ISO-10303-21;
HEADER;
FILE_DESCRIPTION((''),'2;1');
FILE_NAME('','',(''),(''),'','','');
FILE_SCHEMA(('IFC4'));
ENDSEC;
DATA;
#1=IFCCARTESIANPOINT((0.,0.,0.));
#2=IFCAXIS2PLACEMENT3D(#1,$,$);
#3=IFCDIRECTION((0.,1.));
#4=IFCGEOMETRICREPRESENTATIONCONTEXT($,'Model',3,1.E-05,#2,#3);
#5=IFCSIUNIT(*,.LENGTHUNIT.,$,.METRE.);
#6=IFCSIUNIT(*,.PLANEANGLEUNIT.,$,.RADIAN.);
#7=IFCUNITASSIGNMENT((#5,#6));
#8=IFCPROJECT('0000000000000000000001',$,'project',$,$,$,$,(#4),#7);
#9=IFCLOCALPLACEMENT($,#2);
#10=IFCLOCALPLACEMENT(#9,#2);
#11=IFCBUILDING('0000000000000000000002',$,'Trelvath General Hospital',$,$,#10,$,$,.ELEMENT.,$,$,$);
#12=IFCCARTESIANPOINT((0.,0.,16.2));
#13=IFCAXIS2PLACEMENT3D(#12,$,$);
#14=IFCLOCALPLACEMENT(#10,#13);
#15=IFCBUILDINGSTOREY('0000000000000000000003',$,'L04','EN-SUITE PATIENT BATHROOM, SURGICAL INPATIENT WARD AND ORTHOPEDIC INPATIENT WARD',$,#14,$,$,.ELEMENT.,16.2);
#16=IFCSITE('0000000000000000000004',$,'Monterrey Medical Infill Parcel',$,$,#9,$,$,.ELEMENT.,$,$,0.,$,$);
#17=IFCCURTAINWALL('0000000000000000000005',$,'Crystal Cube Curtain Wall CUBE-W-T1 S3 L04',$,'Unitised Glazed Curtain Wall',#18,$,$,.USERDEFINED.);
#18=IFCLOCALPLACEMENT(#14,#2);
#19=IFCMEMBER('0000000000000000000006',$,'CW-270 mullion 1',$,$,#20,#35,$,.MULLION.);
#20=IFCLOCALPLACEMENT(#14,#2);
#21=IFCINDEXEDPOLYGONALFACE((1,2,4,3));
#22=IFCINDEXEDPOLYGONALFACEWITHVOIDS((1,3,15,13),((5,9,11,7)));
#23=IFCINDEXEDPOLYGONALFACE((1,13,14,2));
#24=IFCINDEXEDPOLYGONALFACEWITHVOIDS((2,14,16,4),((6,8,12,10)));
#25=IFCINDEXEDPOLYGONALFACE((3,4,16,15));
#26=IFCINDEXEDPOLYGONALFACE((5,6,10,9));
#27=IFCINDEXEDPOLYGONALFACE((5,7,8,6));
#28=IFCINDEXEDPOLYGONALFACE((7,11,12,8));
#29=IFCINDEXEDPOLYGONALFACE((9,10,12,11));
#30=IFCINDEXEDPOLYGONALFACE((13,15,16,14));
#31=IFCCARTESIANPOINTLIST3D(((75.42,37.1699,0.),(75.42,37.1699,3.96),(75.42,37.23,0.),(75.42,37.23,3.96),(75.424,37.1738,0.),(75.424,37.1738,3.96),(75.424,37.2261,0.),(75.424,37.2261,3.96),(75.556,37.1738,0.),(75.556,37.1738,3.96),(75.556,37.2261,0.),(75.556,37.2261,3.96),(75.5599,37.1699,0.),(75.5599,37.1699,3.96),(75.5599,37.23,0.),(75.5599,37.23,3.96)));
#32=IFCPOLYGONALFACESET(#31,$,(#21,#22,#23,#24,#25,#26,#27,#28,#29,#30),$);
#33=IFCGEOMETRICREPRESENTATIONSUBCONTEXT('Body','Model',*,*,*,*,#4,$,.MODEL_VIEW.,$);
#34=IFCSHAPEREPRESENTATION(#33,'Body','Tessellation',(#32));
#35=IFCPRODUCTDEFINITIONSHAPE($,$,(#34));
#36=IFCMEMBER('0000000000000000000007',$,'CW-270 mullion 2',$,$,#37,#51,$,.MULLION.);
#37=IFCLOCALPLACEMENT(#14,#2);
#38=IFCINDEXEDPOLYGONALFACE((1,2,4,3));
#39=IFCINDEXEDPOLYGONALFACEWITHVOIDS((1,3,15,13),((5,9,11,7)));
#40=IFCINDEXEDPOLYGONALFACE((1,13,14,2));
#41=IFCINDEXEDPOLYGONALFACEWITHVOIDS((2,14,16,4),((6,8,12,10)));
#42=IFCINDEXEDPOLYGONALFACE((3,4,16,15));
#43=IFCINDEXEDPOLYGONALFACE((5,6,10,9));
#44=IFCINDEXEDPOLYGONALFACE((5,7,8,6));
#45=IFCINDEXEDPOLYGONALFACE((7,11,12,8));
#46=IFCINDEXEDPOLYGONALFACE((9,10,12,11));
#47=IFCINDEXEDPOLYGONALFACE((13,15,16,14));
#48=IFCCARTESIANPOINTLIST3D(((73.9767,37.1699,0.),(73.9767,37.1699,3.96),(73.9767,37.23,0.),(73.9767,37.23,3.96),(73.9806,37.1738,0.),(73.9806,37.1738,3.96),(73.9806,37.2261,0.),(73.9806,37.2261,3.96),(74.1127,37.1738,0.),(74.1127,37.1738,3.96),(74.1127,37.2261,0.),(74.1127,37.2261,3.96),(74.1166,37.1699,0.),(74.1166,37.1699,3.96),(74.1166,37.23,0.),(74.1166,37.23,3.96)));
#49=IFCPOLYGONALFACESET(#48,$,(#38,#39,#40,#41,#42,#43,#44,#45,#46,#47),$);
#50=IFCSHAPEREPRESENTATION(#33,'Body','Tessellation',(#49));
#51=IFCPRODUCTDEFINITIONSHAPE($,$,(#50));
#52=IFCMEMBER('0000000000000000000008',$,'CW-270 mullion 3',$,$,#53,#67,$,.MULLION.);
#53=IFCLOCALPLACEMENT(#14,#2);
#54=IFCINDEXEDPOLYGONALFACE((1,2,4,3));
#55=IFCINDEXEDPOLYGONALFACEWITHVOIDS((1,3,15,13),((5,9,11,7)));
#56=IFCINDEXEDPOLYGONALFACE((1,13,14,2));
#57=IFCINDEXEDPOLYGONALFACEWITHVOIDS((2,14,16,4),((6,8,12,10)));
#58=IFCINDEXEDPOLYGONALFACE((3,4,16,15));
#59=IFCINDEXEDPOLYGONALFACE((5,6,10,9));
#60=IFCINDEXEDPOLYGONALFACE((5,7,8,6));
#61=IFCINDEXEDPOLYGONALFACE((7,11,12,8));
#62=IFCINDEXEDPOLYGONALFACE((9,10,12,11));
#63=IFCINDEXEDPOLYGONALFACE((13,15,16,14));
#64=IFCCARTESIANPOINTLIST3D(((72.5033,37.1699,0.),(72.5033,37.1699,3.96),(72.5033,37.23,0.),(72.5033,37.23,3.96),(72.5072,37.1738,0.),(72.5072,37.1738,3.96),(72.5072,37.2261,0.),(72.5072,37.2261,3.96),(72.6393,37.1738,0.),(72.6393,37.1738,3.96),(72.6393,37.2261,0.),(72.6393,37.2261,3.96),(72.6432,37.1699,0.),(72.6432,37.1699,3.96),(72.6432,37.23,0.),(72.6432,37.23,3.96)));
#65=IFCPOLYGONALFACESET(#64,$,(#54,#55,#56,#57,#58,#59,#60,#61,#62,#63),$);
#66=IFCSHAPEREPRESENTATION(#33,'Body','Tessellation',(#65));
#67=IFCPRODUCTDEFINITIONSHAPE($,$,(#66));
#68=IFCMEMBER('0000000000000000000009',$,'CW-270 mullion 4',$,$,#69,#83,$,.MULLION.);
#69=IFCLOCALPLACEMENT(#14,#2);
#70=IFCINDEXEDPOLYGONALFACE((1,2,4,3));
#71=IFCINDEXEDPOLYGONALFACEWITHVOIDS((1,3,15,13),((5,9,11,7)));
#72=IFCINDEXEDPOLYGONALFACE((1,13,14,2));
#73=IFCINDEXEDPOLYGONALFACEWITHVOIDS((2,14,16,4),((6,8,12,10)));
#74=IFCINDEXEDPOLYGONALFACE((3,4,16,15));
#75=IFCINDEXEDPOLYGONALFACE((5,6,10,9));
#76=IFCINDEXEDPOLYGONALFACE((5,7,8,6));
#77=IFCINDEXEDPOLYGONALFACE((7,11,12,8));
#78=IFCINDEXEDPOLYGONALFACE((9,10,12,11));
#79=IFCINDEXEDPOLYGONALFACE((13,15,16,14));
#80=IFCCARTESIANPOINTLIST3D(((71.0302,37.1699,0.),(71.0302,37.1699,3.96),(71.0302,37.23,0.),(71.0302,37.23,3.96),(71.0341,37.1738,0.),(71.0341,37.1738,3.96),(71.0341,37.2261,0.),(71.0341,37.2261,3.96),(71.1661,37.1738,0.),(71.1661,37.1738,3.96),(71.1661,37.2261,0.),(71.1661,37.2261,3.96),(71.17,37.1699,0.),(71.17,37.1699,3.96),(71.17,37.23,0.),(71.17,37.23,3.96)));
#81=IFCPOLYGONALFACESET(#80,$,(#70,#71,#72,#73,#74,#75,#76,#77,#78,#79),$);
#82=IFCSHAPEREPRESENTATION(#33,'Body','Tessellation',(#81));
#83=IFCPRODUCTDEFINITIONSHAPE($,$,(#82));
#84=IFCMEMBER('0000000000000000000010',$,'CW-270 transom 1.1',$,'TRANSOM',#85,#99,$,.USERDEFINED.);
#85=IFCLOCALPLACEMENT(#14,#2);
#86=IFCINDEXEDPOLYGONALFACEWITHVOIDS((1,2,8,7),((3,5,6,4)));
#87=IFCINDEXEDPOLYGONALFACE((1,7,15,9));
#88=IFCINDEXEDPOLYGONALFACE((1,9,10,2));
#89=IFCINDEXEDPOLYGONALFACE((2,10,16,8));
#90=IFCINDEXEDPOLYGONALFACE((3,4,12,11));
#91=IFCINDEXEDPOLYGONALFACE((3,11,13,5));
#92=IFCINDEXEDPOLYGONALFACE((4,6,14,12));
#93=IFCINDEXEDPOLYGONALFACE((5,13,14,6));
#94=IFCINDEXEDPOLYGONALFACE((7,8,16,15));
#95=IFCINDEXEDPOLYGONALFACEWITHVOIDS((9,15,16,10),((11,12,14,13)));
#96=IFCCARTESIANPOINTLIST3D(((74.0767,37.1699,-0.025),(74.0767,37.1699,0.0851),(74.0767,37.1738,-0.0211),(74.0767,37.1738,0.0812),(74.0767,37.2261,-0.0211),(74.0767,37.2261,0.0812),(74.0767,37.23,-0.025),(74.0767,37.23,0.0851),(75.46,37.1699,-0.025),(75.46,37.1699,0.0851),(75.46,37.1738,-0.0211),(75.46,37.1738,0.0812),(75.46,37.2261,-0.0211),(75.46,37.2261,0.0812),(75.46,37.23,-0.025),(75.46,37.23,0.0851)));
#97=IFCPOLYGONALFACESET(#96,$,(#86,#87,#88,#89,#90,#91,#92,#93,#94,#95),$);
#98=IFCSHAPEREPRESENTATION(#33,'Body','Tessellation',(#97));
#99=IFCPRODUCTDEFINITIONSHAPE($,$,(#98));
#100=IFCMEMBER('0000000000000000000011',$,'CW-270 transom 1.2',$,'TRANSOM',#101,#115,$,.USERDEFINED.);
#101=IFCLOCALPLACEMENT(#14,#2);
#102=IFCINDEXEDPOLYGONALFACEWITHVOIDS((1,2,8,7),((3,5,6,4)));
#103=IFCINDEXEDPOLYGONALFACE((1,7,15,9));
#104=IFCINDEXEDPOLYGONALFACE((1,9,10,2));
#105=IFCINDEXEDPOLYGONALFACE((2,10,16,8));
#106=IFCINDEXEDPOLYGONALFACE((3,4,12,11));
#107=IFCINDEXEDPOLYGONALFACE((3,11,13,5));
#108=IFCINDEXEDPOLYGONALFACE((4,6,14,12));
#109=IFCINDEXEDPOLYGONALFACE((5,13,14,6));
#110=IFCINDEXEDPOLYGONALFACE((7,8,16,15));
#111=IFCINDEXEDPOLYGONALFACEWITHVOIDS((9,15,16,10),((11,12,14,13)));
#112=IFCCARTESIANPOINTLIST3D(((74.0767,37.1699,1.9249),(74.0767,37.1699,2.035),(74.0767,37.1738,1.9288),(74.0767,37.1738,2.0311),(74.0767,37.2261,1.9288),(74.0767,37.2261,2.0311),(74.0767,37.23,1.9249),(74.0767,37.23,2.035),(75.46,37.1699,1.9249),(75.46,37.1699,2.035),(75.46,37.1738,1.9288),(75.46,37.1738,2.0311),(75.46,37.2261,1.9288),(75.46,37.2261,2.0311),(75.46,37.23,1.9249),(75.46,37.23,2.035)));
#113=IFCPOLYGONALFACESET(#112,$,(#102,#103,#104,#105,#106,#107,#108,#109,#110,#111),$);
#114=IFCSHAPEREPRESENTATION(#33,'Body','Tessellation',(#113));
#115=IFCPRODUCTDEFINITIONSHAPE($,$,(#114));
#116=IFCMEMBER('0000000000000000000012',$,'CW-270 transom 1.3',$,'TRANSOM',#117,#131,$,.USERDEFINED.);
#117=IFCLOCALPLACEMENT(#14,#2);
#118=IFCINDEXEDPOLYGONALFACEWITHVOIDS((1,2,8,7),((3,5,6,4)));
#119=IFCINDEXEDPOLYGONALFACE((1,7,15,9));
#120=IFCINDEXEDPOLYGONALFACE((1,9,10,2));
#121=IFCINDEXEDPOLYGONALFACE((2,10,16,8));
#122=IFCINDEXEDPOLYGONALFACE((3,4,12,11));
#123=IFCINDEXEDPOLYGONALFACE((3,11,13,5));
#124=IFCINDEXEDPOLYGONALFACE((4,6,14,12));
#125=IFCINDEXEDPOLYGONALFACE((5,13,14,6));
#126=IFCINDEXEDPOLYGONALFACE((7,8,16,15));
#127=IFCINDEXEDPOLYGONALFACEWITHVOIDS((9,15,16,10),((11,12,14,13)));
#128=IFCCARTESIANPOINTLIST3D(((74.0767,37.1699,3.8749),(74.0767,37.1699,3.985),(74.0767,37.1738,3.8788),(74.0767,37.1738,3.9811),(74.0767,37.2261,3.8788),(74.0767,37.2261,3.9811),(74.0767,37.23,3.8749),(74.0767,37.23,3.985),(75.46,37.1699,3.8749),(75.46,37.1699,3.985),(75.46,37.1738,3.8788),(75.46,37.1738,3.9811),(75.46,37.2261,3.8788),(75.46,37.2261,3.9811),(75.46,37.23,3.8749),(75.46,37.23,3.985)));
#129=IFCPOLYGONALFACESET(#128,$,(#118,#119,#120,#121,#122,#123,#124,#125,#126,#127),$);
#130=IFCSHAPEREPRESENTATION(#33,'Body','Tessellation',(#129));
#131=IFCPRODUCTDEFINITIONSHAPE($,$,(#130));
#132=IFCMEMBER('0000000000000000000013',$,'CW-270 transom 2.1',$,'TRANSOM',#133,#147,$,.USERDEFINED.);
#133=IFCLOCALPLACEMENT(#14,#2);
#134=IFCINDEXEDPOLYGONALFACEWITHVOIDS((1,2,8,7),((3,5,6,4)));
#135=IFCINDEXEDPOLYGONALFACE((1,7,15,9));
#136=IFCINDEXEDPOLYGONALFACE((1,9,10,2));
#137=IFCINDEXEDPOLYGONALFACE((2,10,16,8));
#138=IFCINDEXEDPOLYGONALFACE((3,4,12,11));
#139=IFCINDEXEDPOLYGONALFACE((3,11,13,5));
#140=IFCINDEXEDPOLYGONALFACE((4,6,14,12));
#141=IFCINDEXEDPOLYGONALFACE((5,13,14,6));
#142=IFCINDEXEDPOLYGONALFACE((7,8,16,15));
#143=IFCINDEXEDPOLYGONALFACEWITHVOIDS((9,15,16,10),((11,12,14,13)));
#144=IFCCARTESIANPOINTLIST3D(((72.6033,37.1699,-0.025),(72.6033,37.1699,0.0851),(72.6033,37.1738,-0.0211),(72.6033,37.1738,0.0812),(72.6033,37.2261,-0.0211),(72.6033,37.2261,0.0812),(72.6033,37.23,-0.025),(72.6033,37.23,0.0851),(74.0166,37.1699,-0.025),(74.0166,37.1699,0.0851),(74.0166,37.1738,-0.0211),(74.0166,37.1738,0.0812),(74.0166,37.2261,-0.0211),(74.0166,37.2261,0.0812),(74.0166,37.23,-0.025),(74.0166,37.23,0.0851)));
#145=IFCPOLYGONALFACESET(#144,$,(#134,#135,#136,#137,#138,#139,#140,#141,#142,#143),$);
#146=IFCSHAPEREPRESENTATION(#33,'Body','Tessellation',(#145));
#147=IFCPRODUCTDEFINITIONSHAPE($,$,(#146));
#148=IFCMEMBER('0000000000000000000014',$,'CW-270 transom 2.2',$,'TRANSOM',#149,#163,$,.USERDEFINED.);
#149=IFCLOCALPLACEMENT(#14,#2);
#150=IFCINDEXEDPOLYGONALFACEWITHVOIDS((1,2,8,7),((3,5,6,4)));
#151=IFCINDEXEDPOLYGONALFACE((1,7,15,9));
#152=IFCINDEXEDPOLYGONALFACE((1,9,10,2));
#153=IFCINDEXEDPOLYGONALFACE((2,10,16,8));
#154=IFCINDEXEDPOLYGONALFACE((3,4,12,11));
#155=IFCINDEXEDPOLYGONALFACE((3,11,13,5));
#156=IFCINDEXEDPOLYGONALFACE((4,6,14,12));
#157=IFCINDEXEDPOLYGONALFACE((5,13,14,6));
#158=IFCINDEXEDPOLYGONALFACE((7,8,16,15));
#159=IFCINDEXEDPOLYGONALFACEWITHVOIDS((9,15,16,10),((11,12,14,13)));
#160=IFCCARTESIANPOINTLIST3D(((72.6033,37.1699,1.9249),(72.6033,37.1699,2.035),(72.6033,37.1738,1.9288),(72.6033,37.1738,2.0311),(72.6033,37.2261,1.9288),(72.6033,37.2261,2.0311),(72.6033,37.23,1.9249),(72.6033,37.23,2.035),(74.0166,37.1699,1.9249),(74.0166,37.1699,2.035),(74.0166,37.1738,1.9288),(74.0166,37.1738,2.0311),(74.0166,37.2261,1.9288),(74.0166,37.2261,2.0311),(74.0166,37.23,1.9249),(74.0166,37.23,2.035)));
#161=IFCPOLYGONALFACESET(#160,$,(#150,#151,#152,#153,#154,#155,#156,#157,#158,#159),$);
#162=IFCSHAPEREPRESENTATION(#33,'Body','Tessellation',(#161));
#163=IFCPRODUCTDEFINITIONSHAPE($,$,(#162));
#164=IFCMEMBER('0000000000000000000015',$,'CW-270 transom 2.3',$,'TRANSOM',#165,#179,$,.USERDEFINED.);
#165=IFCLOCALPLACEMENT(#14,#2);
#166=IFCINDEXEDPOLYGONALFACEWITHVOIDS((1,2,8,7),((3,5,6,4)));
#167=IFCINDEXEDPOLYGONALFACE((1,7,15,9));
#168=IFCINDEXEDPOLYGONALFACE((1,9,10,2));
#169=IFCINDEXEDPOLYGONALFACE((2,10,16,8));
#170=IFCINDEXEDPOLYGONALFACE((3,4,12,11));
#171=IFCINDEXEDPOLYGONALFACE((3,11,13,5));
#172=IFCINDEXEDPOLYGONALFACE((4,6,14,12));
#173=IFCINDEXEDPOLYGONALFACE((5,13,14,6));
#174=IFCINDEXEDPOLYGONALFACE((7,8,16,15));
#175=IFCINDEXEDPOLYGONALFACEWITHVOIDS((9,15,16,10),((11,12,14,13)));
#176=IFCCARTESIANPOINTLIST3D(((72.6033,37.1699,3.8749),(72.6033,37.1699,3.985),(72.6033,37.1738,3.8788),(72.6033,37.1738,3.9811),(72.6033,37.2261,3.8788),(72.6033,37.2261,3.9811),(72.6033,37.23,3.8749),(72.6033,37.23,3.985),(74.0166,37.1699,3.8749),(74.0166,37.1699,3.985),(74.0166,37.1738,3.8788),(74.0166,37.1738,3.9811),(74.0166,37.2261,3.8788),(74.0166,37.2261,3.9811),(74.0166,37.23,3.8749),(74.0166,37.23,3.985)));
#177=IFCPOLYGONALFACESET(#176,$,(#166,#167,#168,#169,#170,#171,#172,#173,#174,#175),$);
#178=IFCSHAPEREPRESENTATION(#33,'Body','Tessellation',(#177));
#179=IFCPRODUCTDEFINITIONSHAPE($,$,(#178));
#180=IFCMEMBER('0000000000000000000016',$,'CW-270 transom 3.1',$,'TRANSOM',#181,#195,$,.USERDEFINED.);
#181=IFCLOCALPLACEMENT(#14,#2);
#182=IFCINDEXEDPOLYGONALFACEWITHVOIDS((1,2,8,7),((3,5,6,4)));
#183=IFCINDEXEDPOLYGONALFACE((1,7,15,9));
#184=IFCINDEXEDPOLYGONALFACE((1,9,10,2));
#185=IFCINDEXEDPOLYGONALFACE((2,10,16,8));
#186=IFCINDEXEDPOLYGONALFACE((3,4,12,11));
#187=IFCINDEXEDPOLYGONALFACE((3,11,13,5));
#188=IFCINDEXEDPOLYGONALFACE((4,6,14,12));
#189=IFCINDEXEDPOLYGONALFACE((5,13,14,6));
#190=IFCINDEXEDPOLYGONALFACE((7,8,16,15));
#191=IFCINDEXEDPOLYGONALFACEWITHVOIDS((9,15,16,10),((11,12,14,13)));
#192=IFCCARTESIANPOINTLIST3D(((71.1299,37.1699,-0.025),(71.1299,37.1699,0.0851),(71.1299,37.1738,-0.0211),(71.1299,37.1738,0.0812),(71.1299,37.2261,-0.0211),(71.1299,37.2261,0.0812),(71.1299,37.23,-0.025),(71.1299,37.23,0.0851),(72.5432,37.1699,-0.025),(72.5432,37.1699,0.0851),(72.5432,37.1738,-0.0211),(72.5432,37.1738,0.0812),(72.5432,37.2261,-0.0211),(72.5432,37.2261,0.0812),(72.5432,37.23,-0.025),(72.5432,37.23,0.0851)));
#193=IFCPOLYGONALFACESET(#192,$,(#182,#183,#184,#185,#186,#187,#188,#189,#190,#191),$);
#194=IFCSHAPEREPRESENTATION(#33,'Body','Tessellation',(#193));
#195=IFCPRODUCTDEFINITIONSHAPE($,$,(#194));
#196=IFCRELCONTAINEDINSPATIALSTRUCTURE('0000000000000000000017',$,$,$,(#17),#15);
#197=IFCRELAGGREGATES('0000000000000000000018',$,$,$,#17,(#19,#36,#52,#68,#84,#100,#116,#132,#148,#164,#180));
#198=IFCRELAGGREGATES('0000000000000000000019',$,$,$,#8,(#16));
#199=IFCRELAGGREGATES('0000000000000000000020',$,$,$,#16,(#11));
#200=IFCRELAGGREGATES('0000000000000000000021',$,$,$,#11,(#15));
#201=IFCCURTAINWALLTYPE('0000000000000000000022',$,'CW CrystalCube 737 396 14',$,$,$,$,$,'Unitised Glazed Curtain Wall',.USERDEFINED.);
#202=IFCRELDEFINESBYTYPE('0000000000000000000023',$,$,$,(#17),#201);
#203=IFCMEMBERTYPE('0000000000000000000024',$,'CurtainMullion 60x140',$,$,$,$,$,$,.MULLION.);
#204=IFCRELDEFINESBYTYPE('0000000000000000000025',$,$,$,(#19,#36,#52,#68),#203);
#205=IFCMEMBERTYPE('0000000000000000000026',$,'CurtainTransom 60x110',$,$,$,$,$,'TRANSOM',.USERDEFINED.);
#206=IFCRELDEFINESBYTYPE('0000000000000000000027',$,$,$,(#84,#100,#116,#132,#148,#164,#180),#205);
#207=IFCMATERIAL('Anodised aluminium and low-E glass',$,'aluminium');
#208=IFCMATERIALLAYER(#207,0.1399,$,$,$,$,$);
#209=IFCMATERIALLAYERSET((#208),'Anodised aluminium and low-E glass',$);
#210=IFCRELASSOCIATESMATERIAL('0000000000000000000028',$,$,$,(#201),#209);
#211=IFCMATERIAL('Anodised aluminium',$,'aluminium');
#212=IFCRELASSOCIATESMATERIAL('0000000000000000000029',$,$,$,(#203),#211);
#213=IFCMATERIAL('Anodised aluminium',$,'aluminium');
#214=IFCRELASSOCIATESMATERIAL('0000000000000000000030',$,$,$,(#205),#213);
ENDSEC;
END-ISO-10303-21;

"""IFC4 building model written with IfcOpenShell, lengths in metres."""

from ifc_helpers import new_model, si_unit, direction, frame, origin, origin_2d, place, context, subcontext, project, spatial, hollow_rectangle, extrude, material, layer, layer_set, material_profile, profile_set, type_object, element, aggregate, save


model = new_model("IFC4")

# Units and contexts
model_context = context("Model", 3, precision=1e-05, world=origin(), true_north=direction((0.0, 1.0)))
body_context = subcontext(model_context, "Body", "Model", "MODEL_VIEW")
ifc_project = project(units=[si_unit("LENGTHUNIT", "METRE"), si_unit("PLANEANGLEUNIT", "RADIAN")], contexts=[model_context])

# Site, building, storey
site_placement = place(None, origin())
site = spatial("IfcSite", under=ifc_project, at=site_placement, Name="Monterrey Medical Infill Parcel", CompositionType="ELEMENT", RefElevation=0.0)
building_placement = place(site_placement, origin())
building = spatial("IfcBuilding", under=site, at=building_placement, Name="Trelvath General Hospital", CompositionType="ELEMENT")
storey_placement = place(building_placement, frame((0.0, 0.0, 16.2)))
storey = spatial("IfcBuildingStorey", under=building, at=storey_placement, Name="L04", Description="EN-SUITE PATIENT BATHROOM, SURGICAL INPATIENT WARD AND ORTHOPEDIC INPATIENT WARD", CompositionType="ELEMENT", Elevation=16.2)

# Curtain wall, members
ifc_material_1 = material(Name="Anodised aluminium and low-E glass", Category="aluminium")
ifc_layer_1 = layer(ifc_material_1, 0.1399)
ifc_layer_set_1 = layer_set([ifc_layer_1], Name="Anodised aluminium and low-E glass")
curtain_wall_type = type_object("IfcCurtainWallType", Name="CW CrystalCube 737 396 14", ElementType="Unitised Glazed Curtain Wall", PredefinedType="USERDEFINED", material=ifc_layer_set_1)
curtain_wall_placement = place(storey_placement, origin())
curtain_wall = element("IfcCurtainWall", 1, at=curtain_wall_placement, inside=storey, type_object=curtain_wall_type, Name="Crystal Cube Curtain Wall CUBE-W-T1 S3 L04", ObjectType="Unitised Glazed Curtain Wall", PredefinedType="USERDEFINED")
ifc_material_2 = material(Name="Anodised aluminium", Category="aluminium")
ifc_material_profile_1 = material_profile(ifc_material_2, hollow_rectangle(XDim=0.0601, YDim=0.1399, WallThickness=0.0039, at=origin_2d()), Name="RHS60x140x4")
ifc_profile_set_1 = profile_set([ifc_material_profile_1], Name="Anodised aluminium")
member_type_1 = type_object("IfcMemberType", Name="CurtainMullion 60x140", PredefinedType="MULLION", material=ifc_profile_set_1)
member_1_placement = place(storey_placement, frame((75.49, 37.2, 0.0), z_axis=(0.0, 0.0, 1.0), x_axis=(0.0, -1.0, 0.0)))
member_1 = element("IfcMember", 2, at=member_1_placement, type_object=member_type_1, Name="CW-270 mullion 1", PredefinedType="MULLION", context=body_context, shape_type="SweptSolid", body=[
    extrude(hollow_rectangle(XDim=0.0601, YDim=0.1399, WallThickness=0.0039, at=origin_2d()), origin(), (0.0, 0.0, 1.0), 3.96),
])
member_2_placement = place(storey_placement, frame((74.0466, 37.2, 0.0), z_axis=(0.0, 0.0, 1.0), x_axis=(0.0, -1.0, 0.0)))
member_2 = element("IfcMember", 3, at=member_2_placement, type_object=member_type_1, Name="CW-270 mullion 2", PredefinedType="MULLION", context=body_context, shape_type="SweptSolid", body=[
    extrude(hollow_rectangle(XDim=0.0601, YDim=0.1399, WallThickness=0.0039, at=origin_2d()), origin(), (0.0, 0.0, 1.0), 3.96),
])
member_3_placement = place(storey_placement, frame((72.5732, 37.2, 0.0), z_axis=(0.0, 0.0, 1.0), x_axis=(0.0, -1.0, 0.0)))
member_3 = element("IfcMember", 4, at=member_3_placement, type_object=member_type_1, Name="CW-270 mullion 3", PredefinedType="MULLION", context=body_context, shape_type="SweptSolid", body=[
    extrude(hollow_rectangle(XDim=0.0601, YDim=0.1399, WallThickness=0.0039, at=origin_2d()), origin(), (0.0, 0.0, 1.0), 3.96),
])
member_4_placement = place(storey_placement, frame((71.1001, 37.2, 0.0), z_axis=(0.0, 0.0, 1.0), x_axis=(0.0, -1.0, 0.0)))
member_4 = element("IfcMember", 5, at=member_4_placement, type_object=member_type_1, Name="CW-270 mullion 4", PredefinedType="MULLION", context=body_context, shape_type="SweptSolid", body=[
    extrude(hollow_rectangle(XDim=0.0601, YDim=0.1399, WallThickness=0.0039, at=origin_2d()), origin(), (0.0, 0.0, 1.0), 3.96),
])
ifc_material_3 = material(Name="Anodised aluminium", Category="aluminium")
ifc_material_profile_2 = material_profile(ifc_material_3, hollow_rectangle(XDim=0.0601, YDim=0.1101, WallThickness=0.0039, at=origin_2d()), Name="RHS60x110x4")
ifc_profile_set_2 = profile_set([ifc_material_profile_2], Name="Anodised aluminium")
member_type_2 = type_object("IfcMemberType", Name="CurtainTransom 60x110", ElementType="TRANSOM", PredefinedType="USERDEFINED", material=ifc_profile_set_2)
member_5_placement = place(storey_placement, frame((75.46, 37.2, 0.03), z_axis=(-1.0, 0.0, 0.0), x_axis=(0.0, -1.0, 0.0)))
member_5 = element("IfcMember", 6, at=member_5_placement, type_object=member_type_2, Name="CW-270 transom 1.1", ObjectType="TRANSOM", PredefinedType="USERDEFINED", context=body_context, shape_type="SweptSolid", body=[
    extrude(hollow_rectangle(XDim=0.0601, YDim=0.1101, WallThickness=0.0039, at=origin_2d()), origin(), (0.0, 0.0, 1.0), 1.3833),
])
member_6_placement = place(storey_placement, frame((75.46, 37.2, 1.98), z_axis=(-1.0, 0.0, 0.0), x_axis=(0.0, -1.0, 0.0)))
member_6 = element("IfcMember", 7, at=member_6_placement, type_object=member_type_2, Name="CW-270 transom 1.2", ObjectType="TRANSOM", PredefinedType="USERDEFINED", context=body_context, shape_type="SweptSolid", body=[
    extrude(hollow_rectangle(XDim=0.0601, YDim=0.1101, WallThickness=0.0039, at=origin_2d()), origin(), (0.0, 0.0, 1.0), 1.3833),
])
member_7_placement = place(storey_placement, frame((75.46, 37.2, 3.9299), z_axis=(-1.0, 0.0, 0.0), x_axis=(0.0, -1.0, 0.0)))
member_7 = element("IfcMember", 8, at=member_7_placement, type_object=member_type_2, Name="CW-270 transom 1.3", ObjectType="TRANSOM", PredefinedType="USERDEFINED", context=body_context, shape_type="SweptSolid", body=[
    extrude(hollow_rectangle(XDim=0.0601, YDim=0.1101, WallThickness=0.0039, at=origin_2d()), origin(), (0.0, 0.0, 1.0), 1.3833),
])
member_8_placement = place(storey_placement, frame((74.0166, 37.2, 0.03), z_axis=(-1.0, 0.0, 0.0), x_axis=(0.0, -1.0, 0.0)))
member_8 = element("IfcMember", 9, at=member_8_placement, type_object=member_type_2, Name="CW-270 transom 2.1", ObjectType="TRANSOM", PredefinedType="USERDEFINED", context=body_context, shape_type="SweptSolid", body=[
    extrude(hollow_rectangle(XDim=0.0601, YDim=0.1101, WallThickness=0.0039, at=origin_2d()), origin(), (0.0, 0.0, 1.0), 1.4133),
])
member_9_placement = place(storey_placement, frame((74.0166, 37.2, 1.98), z_axis=(-1.0, 0.0, 0.0), x_axis=(0.0, -1.0, 0.0)))
member_9 = element("IfcMember", 10, at=member_9_placement, type_object=member_type_2, Name="CW-270 transom 2.2", ObjectType="TRANSOM", PredefinedType="USERDEFINED", context=body_context, shape_type="SweptSolid", body=[
    extrude(hollow_rectangle(XDim=0.0601, YDim=0.1101, WallThickness=0.0039, at=origin_2d()), origin(), (0.0, 0.0, 1.0), 1.4133),
])
member_10_placement = place(storey_placement, frame((74.0166, 37.2, 3.9299), z_axis=(-1.0, 0.0, 0.0), x_axis=(0.0, -1.0, 0.0)))
member_10 = element("IfcMember", 11, at=member_10_placement, type_object=member_type_2, Name="CW-270 transom 2.3", ObjectType="TRANSOM", PredefinedType="USERDEFINED", context=body_context, shape_type="SweptSolid", body=[
    extrude(hollow_rectangle(XDim=0.0601, YDim=0.1101, WallThickness=0.0039, at=origin_2d()), origin(), (0.0, 0.0, 1.0), 1.4133),
])
member_11_placement = place(storey_placement, frame((72.5432, 37.2, 0.03), z_axis=(-1.0, 0.0, 0.0), x_axis=(0.0, -1.0, 0.0)))
member_11 = element("IfcMember", 12, at=member_11_placement, type_object=member_type_2, Name="CW-270 transom 3.1", ObjectType="TRANSOM", PredefinedType="USERDEFINED", context=body_context, shape_type="SweptSolid", body=[
    extrude(hollow_rectangle(XDim=0.0601, YDim=0.1101, WallThickness=0.0039, at=origin_2d()), origin(), (0.0, 0.0, 1.0), 1.4133),
])
aggregate(curtain_wall, [member_1, member_2, member_3, member_4, member_5, member_6, member_7, member_8, member_9, member_10, member_11])

save(model, "model.ifc")
